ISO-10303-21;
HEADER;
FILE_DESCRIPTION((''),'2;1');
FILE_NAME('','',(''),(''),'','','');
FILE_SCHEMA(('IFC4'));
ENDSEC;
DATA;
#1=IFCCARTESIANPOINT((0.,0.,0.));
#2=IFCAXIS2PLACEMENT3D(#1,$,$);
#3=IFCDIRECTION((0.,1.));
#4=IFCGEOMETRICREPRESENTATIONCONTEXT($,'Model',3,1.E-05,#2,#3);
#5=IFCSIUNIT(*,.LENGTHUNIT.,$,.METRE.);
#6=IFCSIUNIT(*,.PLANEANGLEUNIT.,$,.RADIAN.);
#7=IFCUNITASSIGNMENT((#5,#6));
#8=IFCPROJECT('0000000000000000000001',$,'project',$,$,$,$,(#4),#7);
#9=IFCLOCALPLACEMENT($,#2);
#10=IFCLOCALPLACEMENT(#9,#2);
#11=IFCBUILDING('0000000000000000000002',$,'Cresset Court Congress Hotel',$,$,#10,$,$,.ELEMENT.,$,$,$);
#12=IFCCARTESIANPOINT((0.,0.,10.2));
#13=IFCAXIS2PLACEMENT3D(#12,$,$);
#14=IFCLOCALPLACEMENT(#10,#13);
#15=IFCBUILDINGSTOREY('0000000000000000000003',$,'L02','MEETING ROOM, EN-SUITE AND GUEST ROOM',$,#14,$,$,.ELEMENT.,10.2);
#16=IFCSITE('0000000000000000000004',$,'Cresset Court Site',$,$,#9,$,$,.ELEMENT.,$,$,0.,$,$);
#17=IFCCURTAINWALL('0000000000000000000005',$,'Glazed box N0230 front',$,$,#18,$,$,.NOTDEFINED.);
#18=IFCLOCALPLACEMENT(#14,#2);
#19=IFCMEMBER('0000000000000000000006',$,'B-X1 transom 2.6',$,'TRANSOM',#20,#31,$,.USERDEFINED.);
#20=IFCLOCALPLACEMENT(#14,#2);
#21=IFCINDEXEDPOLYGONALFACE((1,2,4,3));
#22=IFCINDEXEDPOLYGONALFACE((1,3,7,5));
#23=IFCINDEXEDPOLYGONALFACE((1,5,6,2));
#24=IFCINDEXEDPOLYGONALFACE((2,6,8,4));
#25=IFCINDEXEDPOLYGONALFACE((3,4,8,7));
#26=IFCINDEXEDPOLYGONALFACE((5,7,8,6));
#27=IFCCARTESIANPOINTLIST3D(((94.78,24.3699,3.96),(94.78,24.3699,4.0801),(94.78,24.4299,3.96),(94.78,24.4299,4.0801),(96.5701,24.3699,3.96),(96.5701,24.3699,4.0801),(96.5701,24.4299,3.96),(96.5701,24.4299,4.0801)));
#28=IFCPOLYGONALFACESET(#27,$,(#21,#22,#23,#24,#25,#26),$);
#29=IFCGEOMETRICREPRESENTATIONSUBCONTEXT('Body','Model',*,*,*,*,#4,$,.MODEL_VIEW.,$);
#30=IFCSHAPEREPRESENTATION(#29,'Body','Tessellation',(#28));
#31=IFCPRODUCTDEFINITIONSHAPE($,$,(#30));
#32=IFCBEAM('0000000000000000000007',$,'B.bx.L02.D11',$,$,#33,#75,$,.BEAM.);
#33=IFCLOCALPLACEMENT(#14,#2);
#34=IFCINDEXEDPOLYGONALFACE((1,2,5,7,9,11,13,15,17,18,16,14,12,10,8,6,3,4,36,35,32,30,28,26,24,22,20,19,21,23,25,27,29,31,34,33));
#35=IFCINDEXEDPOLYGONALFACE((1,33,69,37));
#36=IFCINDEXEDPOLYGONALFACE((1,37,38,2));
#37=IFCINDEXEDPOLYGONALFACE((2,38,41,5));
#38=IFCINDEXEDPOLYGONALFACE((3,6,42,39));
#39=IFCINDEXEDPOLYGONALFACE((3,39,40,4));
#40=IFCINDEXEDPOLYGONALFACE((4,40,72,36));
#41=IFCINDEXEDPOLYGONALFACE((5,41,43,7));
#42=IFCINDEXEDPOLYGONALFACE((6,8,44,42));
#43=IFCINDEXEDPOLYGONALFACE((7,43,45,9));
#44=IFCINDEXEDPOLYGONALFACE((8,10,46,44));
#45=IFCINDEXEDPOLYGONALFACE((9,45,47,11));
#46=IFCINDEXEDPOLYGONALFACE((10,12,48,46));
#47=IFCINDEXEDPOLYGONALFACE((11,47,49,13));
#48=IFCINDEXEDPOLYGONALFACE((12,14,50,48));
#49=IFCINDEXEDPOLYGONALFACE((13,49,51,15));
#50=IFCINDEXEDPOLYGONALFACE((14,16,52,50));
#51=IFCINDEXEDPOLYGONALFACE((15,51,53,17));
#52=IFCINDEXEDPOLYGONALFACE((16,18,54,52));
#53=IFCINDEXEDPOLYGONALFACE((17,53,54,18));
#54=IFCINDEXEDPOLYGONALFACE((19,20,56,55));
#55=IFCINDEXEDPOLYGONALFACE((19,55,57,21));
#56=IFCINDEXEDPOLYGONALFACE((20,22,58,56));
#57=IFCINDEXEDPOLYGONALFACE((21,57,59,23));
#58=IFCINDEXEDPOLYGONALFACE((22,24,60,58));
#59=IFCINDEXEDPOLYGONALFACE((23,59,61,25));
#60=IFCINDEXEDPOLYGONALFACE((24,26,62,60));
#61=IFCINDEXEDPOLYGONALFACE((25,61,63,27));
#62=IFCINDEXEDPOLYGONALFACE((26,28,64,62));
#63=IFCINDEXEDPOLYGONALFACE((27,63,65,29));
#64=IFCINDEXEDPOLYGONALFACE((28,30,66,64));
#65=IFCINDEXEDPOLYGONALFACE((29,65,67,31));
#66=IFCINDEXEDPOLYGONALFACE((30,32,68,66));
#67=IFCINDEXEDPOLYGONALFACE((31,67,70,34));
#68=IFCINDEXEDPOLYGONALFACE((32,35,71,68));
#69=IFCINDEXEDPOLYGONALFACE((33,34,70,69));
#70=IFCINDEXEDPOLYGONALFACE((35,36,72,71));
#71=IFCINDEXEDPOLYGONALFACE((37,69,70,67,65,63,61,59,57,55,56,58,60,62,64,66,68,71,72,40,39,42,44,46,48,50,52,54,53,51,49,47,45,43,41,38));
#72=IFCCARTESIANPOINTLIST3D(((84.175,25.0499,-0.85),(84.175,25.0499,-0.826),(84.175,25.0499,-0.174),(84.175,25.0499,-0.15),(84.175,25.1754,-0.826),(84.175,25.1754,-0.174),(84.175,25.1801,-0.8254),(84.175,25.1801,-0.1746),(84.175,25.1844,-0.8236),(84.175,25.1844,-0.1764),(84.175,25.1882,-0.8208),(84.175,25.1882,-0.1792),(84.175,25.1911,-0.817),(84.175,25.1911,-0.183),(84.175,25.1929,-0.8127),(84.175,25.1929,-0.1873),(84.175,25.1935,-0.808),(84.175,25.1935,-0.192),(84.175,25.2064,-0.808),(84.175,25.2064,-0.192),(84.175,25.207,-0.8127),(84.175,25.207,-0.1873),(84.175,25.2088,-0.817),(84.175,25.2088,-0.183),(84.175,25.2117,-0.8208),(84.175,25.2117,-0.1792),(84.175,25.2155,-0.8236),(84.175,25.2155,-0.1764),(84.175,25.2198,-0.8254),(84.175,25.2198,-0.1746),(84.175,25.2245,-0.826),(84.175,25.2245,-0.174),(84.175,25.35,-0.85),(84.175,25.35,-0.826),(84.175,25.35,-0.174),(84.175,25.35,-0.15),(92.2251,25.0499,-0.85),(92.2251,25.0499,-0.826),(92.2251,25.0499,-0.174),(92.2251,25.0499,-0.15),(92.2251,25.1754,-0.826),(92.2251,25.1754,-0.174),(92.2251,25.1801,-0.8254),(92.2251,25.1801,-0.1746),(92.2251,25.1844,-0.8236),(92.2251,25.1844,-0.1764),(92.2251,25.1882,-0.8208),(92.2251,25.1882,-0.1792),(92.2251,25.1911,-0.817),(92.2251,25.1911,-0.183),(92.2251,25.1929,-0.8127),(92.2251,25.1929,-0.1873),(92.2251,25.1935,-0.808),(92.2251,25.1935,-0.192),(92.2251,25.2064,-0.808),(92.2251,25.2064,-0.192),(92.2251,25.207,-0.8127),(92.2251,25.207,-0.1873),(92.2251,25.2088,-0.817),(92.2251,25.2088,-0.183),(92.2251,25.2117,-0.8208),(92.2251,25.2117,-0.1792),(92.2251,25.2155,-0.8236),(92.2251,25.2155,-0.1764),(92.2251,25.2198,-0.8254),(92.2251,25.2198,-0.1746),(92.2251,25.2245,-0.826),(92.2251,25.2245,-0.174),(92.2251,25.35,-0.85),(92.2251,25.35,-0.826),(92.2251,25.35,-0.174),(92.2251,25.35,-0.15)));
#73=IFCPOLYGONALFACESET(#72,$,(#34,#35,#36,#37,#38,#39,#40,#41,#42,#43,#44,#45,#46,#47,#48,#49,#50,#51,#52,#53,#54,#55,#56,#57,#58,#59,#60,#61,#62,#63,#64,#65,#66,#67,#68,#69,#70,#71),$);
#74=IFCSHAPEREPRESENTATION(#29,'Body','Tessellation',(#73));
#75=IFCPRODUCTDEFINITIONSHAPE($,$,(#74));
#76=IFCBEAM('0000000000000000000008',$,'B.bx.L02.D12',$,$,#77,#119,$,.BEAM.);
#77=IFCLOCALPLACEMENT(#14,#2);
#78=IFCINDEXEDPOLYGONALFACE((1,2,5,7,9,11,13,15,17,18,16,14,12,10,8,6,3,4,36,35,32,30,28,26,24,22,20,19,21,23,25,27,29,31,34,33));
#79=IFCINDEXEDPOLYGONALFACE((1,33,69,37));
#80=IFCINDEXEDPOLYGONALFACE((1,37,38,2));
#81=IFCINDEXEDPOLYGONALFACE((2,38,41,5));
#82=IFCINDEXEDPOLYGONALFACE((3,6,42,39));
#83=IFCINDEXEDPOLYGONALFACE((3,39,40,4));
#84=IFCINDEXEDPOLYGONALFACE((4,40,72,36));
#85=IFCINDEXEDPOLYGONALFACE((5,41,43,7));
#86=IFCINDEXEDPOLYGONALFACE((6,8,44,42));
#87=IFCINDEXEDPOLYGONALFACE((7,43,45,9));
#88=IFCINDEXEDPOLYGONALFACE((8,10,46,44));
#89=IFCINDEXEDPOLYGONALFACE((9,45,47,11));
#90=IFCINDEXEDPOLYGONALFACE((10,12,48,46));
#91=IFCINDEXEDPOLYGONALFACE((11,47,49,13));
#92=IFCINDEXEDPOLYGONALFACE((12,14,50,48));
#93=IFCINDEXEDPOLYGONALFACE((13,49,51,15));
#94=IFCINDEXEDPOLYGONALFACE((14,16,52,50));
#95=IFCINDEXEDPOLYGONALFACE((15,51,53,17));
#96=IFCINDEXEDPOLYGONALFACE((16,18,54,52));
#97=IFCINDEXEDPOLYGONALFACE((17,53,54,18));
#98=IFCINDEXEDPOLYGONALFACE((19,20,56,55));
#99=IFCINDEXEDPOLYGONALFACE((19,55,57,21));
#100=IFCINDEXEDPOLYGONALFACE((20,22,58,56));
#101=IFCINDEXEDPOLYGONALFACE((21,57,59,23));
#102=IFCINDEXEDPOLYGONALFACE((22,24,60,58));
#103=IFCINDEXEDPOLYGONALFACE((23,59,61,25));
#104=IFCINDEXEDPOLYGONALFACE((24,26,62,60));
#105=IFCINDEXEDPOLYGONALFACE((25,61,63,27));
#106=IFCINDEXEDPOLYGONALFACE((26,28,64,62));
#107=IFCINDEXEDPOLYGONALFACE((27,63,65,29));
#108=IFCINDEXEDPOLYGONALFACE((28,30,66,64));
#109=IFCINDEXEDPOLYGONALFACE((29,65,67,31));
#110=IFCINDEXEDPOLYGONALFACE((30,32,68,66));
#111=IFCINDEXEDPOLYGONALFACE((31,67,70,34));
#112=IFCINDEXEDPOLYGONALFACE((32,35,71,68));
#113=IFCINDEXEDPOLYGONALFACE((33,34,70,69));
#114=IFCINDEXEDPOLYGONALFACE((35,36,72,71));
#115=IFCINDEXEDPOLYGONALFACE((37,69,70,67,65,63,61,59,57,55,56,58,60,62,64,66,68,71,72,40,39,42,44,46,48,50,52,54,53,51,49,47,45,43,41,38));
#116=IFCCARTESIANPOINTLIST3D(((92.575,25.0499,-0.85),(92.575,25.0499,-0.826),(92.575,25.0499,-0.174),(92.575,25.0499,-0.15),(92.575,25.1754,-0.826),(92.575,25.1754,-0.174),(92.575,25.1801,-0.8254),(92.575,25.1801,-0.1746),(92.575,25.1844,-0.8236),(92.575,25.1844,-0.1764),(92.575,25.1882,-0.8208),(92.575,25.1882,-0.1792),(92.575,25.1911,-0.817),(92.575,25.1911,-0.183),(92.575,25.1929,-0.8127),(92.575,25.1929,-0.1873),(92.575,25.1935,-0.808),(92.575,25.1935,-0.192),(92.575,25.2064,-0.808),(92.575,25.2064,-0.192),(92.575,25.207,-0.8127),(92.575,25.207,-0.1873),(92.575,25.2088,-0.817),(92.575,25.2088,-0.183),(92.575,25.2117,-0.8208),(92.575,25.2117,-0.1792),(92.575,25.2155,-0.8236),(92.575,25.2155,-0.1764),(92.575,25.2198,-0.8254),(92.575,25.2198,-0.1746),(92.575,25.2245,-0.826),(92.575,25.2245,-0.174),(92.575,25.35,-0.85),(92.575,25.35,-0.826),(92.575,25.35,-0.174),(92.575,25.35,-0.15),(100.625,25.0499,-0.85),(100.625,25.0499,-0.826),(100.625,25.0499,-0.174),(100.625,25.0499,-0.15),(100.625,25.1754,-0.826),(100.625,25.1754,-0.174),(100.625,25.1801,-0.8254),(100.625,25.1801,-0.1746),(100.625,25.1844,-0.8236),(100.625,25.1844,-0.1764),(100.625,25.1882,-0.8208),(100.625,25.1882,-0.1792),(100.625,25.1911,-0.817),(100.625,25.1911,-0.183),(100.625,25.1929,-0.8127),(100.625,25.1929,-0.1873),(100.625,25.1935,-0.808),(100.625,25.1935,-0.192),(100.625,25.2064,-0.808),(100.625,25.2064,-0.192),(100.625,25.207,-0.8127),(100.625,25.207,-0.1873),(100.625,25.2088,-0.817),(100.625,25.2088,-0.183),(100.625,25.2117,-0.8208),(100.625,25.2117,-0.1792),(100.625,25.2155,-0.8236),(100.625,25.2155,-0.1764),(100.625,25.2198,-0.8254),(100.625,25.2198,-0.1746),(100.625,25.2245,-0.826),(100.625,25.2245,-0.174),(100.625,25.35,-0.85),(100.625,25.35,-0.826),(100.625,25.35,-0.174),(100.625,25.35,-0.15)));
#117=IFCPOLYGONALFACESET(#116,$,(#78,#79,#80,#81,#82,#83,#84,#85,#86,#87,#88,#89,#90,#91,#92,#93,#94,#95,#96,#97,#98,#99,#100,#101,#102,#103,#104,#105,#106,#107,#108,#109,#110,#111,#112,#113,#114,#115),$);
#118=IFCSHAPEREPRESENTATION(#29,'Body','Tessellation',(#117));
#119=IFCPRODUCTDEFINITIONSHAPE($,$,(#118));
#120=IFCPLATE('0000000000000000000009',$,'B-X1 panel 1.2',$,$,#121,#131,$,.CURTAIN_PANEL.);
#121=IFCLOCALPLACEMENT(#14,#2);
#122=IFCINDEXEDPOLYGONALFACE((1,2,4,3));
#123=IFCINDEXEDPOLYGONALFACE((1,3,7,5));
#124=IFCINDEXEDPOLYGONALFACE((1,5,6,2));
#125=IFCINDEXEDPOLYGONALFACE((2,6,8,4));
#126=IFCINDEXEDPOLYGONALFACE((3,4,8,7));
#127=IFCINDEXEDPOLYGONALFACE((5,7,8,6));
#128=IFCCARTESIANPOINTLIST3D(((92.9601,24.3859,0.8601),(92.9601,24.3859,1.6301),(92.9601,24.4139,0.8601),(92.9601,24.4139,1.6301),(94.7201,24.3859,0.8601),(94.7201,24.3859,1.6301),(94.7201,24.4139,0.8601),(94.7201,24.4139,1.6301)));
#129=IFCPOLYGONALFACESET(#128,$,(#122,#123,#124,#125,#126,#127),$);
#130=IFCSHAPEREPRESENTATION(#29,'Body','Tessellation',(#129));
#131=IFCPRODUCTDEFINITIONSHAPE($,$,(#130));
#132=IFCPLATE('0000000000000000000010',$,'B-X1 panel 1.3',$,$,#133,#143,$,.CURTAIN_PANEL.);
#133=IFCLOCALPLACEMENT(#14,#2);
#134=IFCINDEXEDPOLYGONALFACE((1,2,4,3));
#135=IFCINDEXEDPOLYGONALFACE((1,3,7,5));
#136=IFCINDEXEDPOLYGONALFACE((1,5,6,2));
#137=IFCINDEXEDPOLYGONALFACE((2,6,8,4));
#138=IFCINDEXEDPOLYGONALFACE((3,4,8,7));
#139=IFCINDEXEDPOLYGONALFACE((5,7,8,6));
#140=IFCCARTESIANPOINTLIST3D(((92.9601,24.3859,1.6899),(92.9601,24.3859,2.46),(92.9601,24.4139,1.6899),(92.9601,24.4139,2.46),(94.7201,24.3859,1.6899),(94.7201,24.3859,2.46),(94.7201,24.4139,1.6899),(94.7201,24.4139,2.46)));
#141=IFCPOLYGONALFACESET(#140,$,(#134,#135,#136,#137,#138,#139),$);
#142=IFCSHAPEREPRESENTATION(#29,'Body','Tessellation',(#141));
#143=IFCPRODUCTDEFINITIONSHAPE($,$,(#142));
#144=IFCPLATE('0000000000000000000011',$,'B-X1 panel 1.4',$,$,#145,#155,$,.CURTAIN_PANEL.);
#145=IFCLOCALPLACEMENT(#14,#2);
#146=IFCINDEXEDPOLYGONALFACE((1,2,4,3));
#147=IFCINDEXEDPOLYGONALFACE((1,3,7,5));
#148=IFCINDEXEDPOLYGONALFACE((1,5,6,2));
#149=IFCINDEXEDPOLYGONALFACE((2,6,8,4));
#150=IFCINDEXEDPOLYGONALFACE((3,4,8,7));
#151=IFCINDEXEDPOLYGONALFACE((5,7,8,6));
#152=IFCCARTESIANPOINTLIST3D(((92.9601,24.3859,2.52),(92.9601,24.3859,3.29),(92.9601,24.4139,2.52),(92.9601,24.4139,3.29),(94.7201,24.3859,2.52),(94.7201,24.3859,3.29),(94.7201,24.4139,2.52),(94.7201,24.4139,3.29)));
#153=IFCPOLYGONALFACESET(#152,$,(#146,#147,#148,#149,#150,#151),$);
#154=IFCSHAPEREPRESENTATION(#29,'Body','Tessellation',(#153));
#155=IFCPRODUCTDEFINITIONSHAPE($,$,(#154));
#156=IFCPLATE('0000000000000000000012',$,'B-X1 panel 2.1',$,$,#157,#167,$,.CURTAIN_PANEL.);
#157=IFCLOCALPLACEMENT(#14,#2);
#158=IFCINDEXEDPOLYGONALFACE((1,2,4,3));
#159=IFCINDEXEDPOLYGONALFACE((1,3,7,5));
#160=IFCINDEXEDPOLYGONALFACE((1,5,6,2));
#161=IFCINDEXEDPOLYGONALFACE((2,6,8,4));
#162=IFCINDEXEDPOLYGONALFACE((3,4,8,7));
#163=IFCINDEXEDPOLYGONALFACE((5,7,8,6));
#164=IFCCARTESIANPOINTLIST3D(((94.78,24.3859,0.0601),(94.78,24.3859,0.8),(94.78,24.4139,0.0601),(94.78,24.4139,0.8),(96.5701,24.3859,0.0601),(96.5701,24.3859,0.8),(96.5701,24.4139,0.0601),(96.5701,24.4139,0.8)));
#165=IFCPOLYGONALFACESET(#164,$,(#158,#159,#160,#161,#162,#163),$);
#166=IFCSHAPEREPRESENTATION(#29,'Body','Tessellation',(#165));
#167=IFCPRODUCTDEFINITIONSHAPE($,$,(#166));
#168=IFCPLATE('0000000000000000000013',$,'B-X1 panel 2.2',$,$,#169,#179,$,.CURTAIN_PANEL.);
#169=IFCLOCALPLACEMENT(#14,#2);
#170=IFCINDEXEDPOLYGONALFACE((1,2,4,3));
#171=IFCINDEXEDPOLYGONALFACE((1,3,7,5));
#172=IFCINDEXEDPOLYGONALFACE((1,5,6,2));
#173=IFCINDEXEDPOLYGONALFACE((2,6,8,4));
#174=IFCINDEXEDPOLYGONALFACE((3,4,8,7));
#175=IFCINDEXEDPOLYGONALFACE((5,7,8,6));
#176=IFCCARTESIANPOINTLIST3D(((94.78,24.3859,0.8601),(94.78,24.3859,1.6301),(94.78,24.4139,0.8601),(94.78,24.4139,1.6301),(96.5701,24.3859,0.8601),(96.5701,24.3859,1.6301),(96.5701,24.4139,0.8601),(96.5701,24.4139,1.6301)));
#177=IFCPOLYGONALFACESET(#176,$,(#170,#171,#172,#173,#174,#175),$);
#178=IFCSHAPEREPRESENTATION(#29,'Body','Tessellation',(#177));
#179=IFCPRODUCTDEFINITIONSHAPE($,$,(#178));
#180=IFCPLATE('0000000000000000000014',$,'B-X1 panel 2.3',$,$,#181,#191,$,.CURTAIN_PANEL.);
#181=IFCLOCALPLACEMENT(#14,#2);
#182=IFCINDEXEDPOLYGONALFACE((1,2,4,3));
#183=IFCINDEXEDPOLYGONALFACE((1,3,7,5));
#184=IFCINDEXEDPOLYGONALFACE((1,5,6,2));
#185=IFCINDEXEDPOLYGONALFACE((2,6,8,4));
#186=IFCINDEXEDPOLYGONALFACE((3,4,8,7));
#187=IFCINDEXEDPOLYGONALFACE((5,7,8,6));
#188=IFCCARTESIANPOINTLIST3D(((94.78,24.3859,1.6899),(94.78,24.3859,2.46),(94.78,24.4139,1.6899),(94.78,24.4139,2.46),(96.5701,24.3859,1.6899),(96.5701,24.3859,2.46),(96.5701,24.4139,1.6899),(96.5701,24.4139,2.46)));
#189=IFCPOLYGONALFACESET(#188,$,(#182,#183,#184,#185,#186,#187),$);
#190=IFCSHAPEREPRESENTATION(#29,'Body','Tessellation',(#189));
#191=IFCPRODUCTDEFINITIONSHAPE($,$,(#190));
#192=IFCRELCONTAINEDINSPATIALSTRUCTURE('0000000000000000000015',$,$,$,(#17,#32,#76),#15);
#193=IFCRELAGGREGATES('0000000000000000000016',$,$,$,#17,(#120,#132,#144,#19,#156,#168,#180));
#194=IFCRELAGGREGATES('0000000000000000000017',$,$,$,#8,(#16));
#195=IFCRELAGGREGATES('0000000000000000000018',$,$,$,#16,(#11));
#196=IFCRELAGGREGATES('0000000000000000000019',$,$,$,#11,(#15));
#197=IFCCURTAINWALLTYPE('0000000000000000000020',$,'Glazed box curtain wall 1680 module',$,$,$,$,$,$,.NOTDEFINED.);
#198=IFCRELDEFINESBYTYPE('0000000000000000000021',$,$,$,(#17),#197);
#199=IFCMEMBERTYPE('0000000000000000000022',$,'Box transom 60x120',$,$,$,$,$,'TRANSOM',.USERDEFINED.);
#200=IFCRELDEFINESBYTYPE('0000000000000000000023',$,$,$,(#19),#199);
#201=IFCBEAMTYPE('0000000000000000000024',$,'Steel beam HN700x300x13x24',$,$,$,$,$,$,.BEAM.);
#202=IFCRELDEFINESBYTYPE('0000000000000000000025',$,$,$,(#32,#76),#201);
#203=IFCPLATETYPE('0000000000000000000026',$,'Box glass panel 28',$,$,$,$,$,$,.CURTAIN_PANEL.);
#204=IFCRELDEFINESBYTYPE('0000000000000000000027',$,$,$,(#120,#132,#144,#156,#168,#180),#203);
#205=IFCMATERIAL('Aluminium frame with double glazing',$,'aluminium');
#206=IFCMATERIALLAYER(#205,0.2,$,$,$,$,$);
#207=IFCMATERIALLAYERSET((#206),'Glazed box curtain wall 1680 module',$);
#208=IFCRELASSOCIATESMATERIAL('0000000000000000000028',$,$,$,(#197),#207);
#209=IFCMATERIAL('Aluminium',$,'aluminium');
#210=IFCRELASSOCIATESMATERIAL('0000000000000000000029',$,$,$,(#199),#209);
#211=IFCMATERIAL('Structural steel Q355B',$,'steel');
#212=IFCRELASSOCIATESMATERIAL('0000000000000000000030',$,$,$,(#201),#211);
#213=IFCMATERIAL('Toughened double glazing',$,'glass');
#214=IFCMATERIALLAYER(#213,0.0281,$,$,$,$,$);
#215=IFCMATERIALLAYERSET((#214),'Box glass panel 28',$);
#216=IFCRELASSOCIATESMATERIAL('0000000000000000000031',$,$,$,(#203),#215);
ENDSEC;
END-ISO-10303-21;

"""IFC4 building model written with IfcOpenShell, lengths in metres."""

from ifc_helpers import new_model, si_unit, direction, frame, origin, origin_2d, place, context, subcontext, project, spatial, rectangle, i_section, extrude, material, layer, layer_set, material_profile, profile_set, type_object, element, aggregate, save


model = new_model("IFC4")

# Units and contexts
model_context = context("Model", 3, precision=1e-05, world=origin(), true_north=direction((0.0, 1.0)))
body_context = subcontext(model_context, "Body", "Model", "MODEL_VIEW")
ifc_project = project(units=[si_unit("LENGTHUNIT", "METRE"), si_unit("PLANEANGLEUNIT", "RADIAN")], contexts=[model_context])

# Site, building, storey
site_placement = place(None, origin())
site = spatial("IfcSite", under=ifc_project, at=site_placement, Name="Cresset Court Site", CompositionType="ELEMENT", RefElevation=0.0)
building_placement = place(site_placement, origin())
building = spatial("IfcBuilding", under=site, at=building_placement, Name="Cresset Court Congress Hotel", CompositionType="ELEMENT")
storey_placement = place(building_placement, frame((0.0, 0.0, 10.2)))
storey = spatial("IfcBuildingStorey", under=building, at=storey_placement, Name="L02", Description="MEETING ROOM, EN-SUITE AND GUEST ROOM", CompositionType="ELEMENT", Elevation=10.2)

# Curtain wall
ifc_material_1 = material(Name="Aluminium frame with double glazing", Category="aluminium")
ifc_layer_1 = layer(ifc_material_1, 0.2)
ifc_layer_set_1 = layer_set([ifc_layer_1], Name="Glazed box curtain wall 1680 module")
curtain_wall_type = type_object("IfcCurtainWallType", Name="Glazed box curtain wall 1680 module", PredefinedType="NOTDEFINED", material=ifc_layer_set_1)
curtain_wall_1_placement = place(storey_placement, origin())
curtain_wall_1 = element("IfcCurtainWall", 1, at=curtain_wall_1_placement, inside=storey, type_object=curtain_wall_type, Name="Glazed box N0230 front", PredefinedType="NOTDEFINED")

# Member
ifc_material_2 = material(Name="Aluminium", Category="aluminium")
ifc_material_profile_1 = material_profile(ifc_material_2, rectangle(XDim=0.0601, YDim=0.1201, at=origin_2d()), Name="Box transom 60x120")
ifc_profile_set_1 = profile_set([ifc_material_profile_1], Name="Aluminium")
member_type_1 = type_object("IfcMemberType", Name="Box transom 60x120", ElementType="TRANSOM", PredefinedType="USERDEFINED", material=ifc_profile_set_1)
member_1_placement = place(storey_placement, frame((94.78, 24.3999, 4.02), z_axis=(1.0, 0.0, 0.0), x_axis=(0.0, 1.0, 0.0)))
member_1 = element("IfcMember", 2, at=member_1_placement, type_object=member_type_1, Name="B-X1 transom 2.6", ObjectType="TRANSOM", PredefinedType="USERDEFINED", context=body_context, shape_type="SweptSolid", body=[
    extrude(rectangle(XDim=0.0601, YDim=0.1201, at=origin_2d()), origin(), (0.0, 0.0, 1.0), 1.79),
])

# Beams
ifc_material_3 = material(Name="Structural steel Q355B", Category="steel")
ifc_material_profile_2 = material_profile(ifc_material_3, i_section(OverallWidth=0.3, OverallDepth=0.7, WebThickness=0.0129, FlangeThickness=0.0239, FilletRadius=0.0181, at=origin_2d()), Name="HN700x300x13x24")
ifc_profile_set_2 = profile_set([ifc_material_profile_2], Name="Structural steel Q355B")
beam_type = type_object("IfcBeamType", Name="Steel beam HN700x300x13x24", PredefinedType="BEAM", material=ifc_profile_set_2)
for number, where, z_axis, x_axis, name in (
    (3, (84.175, 25.2, -0.5), (1.0, 0.0, 0.0), (0.0, 1.0, 0.0), "B.bx.L02.D11"),
    (4, (92.575, 25.2, -0.5), (1.0, 0.0, 0.0), (0.0, 1.0, 0.0), "B.bx.L02.D12"),
):
    element("IfcBeam", number, at=place(storey_placement, frame(where, z_axis=z_axis, x_axis=x_axis)), inside=storey, type_object=beam_type, Name=name, PredefinedType="BEAM", context=body_context, shape_type="SweptSolid", body=[
        extrude(i_section(OverallWidth=0.3, OverallDepth=0.7, WebThickness=0.0129, FlangeThickness=0.0239, FilletRadius=0.0181, at=origin_2d()), origin(), (0.0, 0.0, 1.0), 8.05),
    ])

# Plates
ifc_material_4 = material(Name="Toughened double glazing", Category="glass")
ifc_layer_2 = layer(ifc_material_4, 0.0281)
ifc_layer_set_2 = layer_set([ifc_layer_2], Name="Box glass panel 28")
plate_type_1 = type_object("IfcPlateType", Name="Box glass panel 28", PredefinedType="CURTAIN_PANEL", material=ifc_layer_set_2)
plate_1_placement = place(storey_placement, frame((93.8401, 24.3999, 0.8601), z_axis=(0.0, 0.0, 1.0), x_axis=(1.0, 0.0, 0.0)))
plate_1 = element("IfcPlate", 5, at=plate_1_placement, type_object=plate_type_1, Name="B-X1 panel 1.2", PredefinedType="CURTAIN_PANEL", context=body_context, shape_type="SweptSolid", body=[
    extrude(rectangle(XDim=1.76, YDim=0.0281, at=origin_2d()), origin(), (0.0, 0.0, 1.0), 0.77),
])
plate_2_placement = place(storey_placement, frame((93.8401, 24.3999, 1.6899), z_axis=(0.0, 0.0, 1.0), x_axis=(1.0, 0.0, 0.0)))
plate_2 = element("IfcPlate", 6, at=plate_2_placement, type_object=plate_type_1, Name="B-X1 panel 1.3", PredefinedType="CURTAIN_PANEL", context=body_context, shape_type="SweptSolid", body=[
    extrude(rectangle(XDim=1.76, YDim=0.0281, at=origin_2d()), origin(), (0.0, 0.0, 1.0), 0.77),
])
plate_3_placement = place(storey_placement, frame((93.8401, 24.3999, 2.52), z_axis=(0.0, 0.0, 1.0), x_axis=(1.0, 0.0, 0.0)))
plate_3 = element("IfcPlate", 7, at=plate_3_placement, type_object=plate_type_1, Name="B-X1 panel 1.4", PredefinedType="CURTAIN_PANEL", context=body_context, shape_type="SweptSolid", body=[
    extrude(rectangle(XDim=1.76, YDim=0.0281, at=origin_2d()), origin(), (0.0, 0.0, 1.0), 0.77),
])
plate_4_placement = place(storey_placement, frame((95.675, 24.3999, 0.0601), z_axis=(0.0, 0.0, 1.0), x_axis=(1.0, 0.0, 0.0)))
plate_4 = element("IfcPlate", 8, at=plate_4_placement, type_object=plate_type_1, Name="B-X1 panel 2.1", PredefinedType="CURTAIN_PANEL", context=body_context, shape_type="SweptSolid", body=[
    extrude(rectangle(XDim=1.79, YDim=0.0281, at=origin_2d()), origin(), (0.0, 0.0, 1.0), 0.74),
])
plate_5_placement = place(storey_placement, frame((95.675, 24.3999, 0.8601), z_axis=(0.0, 0.0, 1.0), x_axis=(1.0, 0.0, 0.0)))
plate_5 = element("IfcPlate", 9, at=plate_5_placement, type_object=plate_type_1, Name="B-X1 panel 2.2", PredefinedType="CURTAIN_PANEL", context=body_context, shape_type="SweptSolid", body=[
    extrude(rectangle(XDim=1.79, YDim=0.0281, at=origin_2d()), origin(), (0.0, 0.0, 1.0), 0.77),
])
plate_6_placement = place(storey_placement, frame((95.675, 24.3999, 1.6899), z_axis=(0.0, 0.0, 1.0), x_axis=(1.0, 0.0, 0.0)))
plate_6 = element("IfcPlate", 10, at=plate_6_placement, type_object=plate_type_1, Name="B-X1 panel 2.3", PredefinedType="CURTAIN_PANEL", context=body_context, shape_type="SweptSolid", body=[
    extrude(rectangle(XDim=1.79, YDim=0.0281, at=origin_2d()), origin(), (0.0, 0.0, 1.0), 0.77),
])
aggregate(curtain_wall_1, [plate_1, plate_2, plate_3, member_1, plate_4, plate_5, plate_6])

save(model, "model.ifc")
